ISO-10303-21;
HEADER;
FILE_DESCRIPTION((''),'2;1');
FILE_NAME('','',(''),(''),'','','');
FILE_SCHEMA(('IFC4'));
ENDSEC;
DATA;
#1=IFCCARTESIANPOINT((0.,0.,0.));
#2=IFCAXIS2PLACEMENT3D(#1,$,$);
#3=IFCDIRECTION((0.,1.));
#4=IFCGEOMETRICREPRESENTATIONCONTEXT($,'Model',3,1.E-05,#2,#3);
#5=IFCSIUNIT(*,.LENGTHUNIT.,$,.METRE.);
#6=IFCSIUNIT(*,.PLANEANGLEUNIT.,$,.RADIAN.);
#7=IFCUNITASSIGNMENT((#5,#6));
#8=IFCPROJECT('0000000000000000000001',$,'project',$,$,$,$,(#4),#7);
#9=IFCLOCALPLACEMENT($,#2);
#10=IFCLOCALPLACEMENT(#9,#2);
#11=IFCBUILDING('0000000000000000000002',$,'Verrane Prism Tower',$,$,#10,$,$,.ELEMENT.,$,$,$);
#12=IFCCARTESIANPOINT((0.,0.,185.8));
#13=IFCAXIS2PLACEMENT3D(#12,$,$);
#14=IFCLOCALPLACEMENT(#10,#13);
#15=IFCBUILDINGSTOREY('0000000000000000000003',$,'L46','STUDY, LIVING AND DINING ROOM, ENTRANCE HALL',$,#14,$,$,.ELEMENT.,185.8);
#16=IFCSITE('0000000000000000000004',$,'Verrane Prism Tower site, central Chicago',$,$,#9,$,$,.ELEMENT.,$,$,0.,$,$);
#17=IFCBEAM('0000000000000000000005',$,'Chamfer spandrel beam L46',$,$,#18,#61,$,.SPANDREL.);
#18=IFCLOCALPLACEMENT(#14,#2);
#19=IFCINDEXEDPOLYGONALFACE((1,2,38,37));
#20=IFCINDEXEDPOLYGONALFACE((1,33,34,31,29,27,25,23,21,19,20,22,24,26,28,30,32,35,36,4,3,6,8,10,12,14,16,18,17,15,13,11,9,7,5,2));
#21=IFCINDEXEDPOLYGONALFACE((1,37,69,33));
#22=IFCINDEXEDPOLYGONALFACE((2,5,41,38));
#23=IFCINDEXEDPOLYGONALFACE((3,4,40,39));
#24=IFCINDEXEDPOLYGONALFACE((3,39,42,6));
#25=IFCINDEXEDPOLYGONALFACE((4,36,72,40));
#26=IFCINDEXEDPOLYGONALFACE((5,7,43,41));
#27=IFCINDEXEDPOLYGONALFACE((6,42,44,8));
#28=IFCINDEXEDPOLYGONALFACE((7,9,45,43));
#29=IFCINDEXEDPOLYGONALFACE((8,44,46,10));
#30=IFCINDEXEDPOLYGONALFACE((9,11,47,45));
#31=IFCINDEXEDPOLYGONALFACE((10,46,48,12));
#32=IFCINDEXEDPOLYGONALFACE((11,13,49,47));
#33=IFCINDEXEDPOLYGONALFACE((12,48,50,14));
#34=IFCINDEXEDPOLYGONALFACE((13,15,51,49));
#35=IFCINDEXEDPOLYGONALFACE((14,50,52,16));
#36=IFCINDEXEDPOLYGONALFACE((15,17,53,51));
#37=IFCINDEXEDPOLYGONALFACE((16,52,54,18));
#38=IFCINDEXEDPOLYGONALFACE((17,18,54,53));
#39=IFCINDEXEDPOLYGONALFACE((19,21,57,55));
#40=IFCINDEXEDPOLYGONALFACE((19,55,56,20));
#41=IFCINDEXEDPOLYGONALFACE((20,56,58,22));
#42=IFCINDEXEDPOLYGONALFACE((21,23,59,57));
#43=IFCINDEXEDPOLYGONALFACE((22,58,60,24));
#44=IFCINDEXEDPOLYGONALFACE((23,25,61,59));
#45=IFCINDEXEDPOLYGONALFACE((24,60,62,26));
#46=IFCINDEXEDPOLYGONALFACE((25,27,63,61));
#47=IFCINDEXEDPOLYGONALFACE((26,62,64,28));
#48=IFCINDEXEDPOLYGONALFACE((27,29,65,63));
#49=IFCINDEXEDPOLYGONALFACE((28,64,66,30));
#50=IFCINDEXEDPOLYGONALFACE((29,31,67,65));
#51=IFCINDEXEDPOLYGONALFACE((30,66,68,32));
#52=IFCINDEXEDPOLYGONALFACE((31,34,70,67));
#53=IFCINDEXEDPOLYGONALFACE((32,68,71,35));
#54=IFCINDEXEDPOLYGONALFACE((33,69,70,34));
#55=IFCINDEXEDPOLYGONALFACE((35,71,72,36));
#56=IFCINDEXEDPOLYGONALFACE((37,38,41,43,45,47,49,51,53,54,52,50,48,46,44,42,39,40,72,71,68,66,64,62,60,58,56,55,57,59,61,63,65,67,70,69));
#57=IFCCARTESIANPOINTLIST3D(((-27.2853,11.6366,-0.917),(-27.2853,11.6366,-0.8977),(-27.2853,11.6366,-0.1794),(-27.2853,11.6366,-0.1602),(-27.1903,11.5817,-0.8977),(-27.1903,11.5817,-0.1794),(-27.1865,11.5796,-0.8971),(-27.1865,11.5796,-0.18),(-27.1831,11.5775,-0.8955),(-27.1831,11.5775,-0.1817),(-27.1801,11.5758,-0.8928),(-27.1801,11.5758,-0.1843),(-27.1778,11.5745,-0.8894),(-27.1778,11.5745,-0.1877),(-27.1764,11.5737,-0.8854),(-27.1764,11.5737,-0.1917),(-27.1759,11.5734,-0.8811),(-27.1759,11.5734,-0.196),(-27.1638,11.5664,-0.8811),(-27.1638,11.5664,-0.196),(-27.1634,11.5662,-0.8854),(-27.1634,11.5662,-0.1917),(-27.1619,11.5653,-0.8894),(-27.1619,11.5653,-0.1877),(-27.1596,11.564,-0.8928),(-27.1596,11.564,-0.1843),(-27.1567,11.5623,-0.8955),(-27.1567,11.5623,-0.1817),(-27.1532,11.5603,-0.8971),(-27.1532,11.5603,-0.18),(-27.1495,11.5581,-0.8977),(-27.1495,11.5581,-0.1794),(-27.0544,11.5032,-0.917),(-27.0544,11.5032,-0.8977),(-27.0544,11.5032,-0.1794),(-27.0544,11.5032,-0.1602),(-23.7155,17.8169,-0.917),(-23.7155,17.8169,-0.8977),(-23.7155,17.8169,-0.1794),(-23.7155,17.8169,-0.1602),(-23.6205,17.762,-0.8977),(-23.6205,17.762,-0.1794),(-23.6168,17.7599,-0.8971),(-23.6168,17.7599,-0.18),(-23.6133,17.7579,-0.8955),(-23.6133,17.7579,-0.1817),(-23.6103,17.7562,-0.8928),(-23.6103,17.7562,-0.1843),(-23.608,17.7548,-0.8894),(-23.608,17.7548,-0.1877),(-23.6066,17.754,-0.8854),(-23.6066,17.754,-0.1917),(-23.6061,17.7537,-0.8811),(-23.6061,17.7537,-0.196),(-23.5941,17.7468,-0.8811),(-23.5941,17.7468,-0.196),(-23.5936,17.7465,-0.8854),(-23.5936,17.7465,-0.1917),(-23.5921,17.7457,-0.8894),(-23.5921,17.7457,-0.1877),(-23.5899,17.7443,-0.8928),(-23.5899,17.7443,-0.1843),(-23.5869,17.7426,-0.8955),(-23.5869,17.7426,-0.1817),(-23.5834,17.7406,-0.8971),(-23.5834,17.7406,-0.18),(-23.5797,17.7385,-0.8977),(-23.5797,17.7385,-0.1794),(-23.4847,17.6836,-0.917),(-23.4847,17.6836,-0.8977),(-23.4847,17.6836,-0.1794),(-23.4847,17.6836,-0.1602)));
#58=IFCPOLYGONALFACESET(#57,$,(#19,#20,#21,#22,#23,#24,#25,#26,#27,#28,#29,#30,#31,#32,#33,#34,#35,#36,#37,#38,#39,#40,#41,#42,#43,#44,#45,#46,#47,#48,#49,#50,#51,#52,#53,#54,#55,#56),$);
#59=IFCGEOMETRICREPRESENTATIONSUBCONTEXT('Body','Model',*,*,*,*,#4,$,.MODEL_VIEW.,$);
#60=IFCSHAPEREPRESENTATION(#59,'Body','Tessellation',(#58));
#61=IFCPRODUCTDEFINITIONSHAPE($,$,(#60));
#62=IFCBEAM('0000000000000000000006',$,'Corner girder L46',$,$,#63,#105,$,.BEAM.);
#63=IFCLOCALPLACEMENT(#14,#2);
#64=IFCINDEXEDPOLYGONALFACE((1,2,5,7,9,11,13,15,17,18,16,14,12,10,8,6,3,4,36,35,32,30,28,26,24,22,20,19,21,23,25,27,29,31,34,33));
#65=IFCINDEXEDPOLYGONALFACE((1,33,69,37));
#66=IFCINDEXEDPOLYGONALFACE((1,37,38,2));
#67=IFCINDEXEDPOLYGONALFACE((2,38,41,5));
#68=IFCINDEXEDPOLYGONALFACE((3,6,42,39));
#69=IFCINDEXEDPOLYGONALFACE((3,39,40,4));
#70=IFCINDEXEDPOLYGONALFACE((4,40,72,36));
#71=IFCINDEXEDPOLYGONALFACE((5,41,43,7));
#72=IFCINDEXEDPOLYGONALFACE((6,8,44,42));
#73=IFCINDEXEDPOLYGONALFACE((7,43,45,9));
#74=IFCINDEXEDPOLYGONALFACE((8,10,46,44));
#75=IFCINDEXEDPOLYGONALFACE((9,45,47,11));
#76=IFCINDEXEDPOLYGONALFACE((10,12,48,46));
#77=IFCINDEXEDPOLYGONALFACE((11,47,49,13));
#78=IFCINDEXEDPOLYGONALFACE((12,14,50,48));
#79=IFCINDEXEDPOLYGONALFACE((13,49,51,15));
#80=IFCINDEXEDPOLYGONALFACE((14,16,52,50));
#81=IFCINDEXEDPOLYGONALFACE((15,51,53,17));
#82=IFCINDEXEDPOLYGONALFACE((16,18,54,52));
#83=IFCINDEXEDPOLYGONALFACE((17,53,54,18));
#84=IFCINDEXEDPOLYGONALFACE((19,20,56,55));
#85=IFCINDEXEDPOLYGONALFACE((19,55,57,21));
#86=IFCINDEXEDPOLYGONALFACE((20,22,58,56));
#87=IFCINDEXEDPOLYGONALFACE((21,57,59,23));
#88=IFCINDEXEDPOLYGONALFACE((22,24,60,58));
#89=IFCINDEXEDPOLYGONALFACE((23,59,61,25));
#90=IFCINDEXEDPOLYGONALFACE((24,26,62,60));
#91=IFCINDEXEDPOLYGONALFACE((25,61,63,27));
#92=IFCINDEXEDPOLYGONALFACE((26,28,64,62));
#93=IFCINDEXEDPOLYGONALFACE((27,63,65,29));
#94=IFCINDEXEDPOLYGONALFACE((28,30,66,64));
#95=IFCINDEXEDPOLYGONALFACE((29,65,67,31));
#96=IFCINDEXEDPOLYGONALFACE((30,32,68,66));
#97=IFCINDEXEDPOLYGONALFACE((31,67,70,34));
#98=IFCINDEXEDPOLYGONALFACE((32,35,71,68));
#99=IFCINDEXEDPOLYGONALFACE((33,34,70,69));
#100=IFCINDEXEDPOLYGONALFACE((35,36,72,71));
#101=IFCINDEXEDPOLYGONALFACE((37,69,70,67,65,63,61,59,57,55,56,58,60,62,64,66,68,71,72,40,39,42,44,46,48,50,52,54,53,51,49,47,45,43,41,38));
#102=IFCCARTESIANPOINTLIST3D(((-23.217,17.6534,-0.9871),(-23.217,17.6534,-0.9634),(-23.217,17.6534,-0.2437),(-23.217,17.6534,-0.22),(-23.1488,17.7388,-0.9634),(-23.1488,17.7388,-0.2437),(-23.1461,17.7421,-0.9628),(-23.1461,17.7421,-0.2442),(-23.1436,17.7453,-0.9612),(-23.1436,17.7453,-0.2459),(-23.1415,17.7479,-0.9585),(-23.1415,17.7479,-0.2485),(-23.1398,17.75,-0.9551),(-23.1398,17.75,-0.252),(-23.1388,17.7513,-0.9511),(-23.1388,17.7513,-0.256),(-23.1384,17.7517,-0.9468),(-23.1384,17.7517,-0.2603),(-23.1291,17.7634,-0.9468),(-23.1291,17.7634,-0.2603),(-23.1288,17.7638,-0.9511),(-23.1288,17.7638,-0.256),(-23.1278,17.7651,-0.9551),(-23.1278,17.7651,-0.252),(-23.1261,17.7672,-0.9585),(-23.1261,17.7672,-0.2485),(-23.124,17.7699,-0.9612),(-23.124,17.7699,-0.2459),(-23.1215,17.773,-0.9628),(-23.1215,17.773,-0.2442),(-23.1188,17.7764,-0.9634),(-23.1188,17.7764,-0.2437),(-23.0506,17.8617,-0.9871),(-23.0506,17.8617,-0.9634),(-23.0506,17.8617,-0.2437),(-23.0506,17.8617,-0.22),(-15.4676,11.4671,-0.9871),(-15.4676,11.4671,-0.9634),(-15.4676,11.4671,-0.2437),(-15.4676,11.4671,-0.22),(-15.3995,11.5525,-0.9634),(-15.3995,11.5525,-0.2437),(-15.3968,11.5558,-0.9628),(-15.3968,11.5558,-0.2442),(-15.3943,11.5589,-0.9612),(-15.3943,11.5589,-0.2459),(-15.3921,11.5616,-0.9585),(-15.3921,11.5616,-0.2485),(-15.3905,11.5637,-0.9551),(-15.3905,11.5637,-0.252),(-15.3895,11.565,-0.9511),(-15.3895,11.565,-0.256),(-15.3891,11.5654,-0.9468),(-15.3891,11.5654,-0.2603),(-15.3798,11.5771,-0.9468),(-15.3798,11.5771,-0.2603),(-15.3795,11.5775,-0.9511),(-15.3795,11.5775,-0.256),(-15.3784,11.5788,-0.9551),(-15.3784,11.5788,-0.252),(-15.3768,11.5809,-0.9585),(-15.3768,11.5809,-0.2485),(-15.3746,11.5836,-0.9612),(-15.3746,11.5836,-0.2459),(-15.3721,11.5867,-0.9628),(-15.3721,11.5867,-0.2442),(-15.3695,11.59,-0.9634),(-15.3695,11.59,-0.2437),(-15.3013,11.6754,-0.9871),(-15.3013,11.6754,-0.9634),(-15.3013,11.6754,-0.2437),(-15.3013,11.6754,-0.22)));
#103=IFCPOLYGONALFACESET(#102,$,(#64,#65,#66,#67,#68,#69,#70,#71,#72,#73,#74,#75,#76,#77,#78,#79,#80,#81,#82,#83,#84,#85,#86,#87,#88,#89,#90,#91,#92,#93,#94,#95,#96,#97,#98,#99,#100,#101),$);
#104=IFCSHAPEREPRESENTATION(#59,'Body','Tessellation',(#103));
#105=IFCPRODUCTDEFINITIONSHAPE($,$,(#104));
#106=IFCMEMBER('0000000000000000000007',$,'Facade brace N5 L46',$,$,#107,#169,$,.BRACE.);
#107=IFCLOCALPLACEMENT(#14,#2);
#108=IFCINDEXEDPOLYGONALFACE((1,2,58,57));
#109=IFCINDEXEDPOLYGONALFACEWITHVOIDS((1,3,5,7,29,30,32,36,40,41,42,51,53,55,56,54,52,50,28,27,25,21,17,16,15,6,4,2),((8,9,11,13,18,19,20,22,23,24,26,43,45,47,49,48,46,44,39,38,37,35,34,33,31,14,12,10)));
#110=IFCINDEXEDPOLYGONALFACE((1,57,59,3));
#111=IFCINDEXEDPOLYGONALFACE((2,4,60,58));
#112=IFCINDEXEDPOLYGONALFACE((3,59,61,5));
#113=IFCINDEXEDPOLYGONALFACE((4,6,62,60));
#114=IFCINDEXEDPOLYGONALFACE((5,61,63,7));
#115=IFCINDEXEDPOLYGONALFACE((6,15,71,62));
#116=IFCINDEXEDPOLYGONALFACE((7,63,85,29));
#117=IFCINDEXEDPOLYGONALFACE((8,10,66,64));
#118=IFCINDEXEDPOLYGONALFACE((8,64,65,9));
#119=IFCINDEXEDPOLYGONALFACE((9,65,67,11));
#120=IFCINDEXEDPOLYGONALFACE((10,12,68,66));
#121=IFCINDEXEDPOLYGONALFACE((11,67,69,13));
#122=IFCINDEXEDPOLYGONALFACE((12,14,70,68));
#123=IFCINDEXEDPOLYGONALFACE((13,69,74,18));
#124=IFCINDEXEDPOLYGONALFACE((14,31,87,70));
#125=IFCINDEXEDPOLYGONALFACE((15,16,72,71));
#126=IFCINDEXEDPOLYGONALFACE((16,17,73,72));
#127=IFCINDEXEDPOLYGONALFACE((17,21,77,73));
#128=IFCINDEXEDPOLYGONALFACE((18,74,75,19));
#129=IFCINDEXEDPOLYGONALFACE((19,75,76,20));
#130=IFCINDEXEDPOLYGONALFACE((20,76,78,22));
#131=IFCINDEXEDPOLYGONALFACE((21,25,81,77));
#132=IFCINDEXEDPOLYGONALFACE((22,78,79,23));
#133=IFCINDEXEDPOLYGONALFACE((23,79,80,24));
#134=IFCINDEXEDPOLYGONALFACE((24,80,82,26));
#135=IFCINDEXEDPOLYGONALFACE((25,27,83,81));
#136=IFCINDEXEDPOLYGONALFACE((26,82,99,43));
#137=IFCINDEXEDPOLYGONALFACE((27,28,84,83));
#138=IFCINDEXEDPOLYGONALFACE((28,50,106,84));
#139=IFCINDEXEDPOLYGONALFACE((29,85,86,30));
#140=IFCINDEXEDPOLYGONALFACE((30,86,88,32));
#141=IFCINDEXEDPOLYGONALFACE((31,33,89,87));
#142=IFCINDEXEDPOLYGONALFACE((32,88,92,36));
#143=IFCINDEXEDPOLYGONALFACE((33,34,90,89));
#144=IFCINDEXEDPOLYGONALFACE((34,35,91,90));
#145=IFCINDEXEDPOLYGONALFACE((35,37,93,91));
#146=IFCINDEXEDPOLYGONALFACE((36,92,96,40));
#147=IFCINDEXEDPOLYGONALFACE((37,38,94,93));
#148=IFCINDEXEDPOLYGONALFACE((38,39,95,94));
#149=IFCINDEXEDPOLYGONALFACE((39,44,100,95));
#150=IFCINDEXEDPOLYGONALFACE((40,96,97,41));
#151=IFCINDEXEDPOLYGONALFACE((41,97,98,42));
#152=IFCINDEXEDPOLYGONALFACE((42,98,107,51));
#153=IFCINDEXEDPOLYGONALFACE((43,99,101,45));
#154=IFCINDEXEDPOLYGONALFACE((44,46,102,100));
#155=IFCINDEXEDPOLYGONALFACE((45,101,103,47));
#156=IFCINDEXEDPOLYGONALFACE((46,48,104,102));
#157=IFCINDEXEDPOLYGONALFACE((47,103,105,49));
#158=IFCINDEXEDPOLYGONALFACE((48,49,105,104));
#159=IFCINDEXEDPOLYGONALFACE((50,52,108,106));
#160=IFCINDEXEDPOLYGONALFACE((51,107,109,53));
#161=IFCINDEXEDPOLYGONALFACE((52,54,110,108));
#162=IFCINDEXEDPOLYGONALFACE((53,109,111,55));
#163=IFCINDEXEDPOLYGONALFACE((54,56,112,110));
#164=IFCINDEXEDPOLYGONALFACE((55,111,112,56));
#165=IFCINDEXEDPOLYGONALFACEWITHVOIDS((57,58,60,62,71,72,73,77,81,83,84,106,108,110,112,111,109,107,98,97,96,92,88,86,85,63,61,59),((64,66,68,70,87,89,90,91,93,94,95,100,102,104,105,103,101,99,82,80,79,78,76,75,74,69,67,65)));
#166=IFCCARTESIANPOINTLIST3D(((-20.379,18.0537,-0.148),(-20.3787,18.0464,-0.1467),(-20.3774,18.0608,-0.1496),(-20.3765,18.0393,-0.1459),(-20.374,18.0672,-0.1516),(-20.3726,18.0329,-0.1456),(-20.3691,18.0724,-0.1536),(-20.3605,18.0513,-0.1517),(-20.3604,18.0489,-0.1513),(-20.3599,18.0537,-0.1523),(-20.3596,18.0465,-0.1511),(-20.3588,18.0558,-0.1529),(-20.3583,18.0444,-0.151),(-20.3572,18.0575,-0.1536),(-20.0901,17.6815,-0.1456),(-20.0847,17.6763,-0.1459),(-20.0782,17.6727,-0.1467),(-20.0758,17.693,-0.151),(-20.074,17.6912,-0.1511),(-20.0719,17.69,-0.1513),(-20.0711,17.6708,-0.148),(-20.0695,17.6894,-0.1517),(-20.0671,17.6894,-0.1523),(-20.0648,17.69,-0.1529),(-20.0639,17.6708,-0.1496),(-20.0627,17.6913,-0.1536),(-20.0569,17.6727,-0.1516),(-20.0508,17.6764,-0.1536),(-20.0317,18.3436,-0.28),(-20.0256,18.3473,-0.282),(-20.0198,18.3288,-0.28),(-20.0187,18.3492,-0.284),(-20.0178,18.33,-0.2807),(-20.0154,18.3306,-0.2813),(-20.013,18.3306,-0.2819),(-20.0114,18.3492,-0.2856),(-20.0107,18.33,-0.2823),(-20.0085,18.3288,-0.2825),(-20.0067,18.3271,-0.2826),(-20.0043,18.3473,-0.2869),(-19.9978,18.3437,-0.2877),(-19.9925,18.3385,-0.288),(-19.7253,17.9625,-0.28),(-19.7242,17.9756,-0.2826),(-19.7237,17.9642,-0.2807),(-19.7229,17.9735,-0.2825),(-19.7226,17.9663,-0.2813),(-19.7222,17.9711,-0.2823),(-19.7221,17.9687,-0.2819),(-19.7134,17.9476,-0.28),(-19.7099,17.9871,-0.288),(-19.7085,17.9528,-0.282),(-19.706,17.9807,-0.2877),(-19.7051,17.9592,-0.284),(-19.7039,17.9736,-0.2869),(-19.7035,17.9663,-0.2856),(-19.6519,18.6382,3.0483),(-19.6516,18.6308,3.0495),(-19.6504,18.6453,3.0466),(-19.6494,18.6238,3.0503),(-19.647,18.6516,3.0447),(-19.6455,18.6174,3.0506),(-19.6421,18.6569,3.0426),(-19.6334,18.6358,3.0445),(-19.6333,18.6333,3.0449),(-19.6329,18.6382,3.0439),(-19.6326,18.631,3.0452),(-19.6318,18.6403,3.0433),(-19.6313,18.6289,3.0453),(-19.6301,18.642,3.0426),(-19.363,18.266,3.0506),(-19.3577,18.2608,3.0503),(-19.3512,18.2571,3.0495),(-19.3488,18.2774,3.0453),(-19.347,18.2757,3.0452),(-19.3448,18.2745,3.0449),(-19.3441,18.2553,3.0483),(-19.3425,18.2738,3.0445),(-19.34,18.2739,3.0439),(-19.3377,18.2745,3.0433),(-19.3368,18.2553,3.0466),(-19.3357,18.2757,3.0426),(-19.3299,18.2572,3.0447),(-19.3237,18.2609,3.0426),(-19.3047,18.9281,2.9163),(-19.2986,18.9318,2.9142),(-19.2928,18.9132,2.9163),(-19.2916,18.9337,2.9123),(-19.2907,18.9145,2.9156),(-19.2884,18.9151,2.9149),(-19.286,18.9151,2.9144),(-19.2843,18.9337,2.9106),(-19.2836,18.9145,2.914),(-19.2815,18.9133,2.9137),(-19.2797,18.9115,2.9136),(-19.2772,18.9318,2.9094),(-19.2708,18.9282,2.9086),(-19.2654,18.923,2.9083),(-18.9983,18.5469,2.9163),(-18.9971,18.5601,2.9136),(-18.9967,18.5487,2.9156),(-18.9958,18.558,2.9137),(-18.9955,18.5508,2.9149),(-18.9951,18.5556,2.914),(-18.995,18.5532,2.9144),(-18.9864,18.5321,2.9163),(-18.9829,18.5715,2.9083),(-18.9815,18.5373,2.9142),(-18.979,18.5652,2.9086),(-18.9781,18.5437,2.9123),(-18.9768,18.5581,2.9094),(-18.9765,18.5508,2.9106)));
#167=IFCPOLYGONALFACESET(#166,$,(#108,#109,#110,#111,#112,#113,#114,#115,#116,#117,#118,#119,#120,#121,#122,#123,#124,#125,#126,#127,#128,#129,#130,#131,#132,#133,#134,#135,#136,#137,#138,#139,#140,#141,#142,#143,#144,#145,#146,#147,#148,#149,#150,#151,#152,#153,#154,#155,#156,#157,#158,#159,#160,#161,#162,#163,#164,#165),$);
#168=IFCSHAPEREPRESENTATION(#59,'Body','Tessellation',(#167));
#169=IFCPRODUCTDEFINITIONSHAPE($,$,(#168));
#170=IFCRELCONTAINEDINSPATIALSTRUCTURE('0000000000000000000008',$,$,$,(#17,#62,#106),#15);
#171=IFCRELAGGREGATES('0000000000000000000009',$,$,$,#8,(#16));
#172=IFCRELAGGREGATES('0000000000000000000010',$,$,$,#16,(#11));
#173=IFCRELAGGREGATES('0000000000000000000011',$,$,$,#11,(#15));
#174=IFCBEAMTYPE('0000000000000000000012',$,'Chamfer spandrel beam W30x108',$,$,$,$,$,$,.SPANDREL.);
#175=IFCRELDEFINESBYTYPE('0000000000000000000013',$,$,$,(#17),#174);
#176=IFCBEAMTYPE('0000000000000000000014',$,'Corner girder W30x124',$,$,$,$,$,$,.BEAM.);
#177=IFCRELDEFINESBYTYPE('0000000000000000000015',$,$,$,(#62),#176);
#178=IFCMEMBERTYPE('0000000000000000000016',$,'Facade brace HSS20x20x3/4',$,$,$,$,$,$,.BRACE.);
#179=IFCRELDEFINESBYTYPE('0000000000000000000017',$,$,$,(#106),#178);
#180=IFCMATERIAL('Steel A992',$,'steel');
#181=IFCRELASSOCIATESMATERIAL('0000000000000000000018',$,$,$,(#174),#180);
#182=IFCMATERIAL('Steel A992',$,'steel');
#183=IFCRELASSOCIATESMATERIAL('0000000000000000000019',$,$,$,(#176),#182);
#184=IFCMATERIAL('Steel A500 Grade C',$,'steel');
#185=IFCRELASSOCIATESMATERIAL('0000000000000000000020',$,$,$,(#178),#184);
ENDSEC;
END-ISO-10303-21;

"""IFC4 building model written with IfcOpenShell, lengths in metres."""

from ifc_helpers import new_model, si_unit, direction, frame, origin, origin_2d, place, context, subcontext, project, spatial, hollow_rectangle, i_section, extrude, material, material_profile, profile_set, type_object, element, save


model = new_model("IFC4")

# Units and contexts
model_context = context("Model", 3, precision=1e-05, world=origin(), true_north=direction((0.0, 1.0)))
body_context = subcontext(model_context, "Body", "Model", "MODEL_VIEW")
ifc_project = project(units=[si_unit("LENGTHUNIT", "METRE"), si_unit("PLANEANGLEUNIT", "RADIAN")], contexts=[model_context])

# Site, building, storey
site_placement = place(None, origin())
site = spatial("IfcSite", under=ifc_project, at=site_placement, Name="Verrane Prism Tower site, central Chicago", CompositionType="ELEMENT", RefElevation=0.0)
building_placement = place(site_placement, origin())
building = spatial("IfcBuilding", under=site, at=building_placement, Name="Verrane Prism Tower", CompositionType="ELEMENT")
storey_placement = place(building_placement, frame((0.0, 0.0, 185.8)))
storey = spatial("IfcBuildingStorey", under=building, at=storey_placement, Name="L46", Description="STUDY, LIVING AND DINING ROOM, ENTRANCE HALL", CompositionType="ELEMENT", Elevation=185.8)

# Beams
ifc_material_1 = material(Name="Steel A992", Category="steel")
ifc_material_profile_1 = material_profile(ifc_material_1, i_section(OverallWidth=0.2666, OverallDepth=0.7568, WebThickness=0.0139, FlangeThickness=0.0193, FilletRadius=0.0166, at=origin_2d()), Name="W30x108")
ifc_profile_set_1 = profile_set([ifc_material_profile_1], Name="Steel A992")
beam_type_1 = type_object("IfcBeamType", Name="Chamfer spandrel beam W30x108", PredefinedType="SPANDREL", material=ifc_profile_set_1)
beam_1_placement = place(storey_placement, frame((-23.6001, 17.7502, -0.5386), z_axis=(-0.500164, -0.865931, 0.0), x_axis=(0.865931, -0.500164, 0.0)))
element("IfcBeam", 1, at=beam_1_placement, inside=storey, type_object=beam_type_1, Name="Chamfer spandrel beam L46", PredefinedType="SPANDREL", context=body_context, shape_type="SweptSolid", body=[
    extrude(i_section(OverallWidth=0.2666, OverallDepth=0.7568, WebThickness=0.0139, FlangeThickness=0.0193, FilletRadius=0.0166, at=origin_2d()), origin(), (0.0, 0.0, 1.0), 7.1372),
])
ifc_material_2 = material(Name="Steel A992", Category="steel")
ifc_material_profile_2 = material_profile(ifc_material_2, i_section(OverallWidth=0.2666, OverallDepth=0.7671, WebThickness=0.0149, FlangeThickness=0.0237, FilletRadius=0.0166, at=origin_2d()), Name="W30x124")
ifc_profile_set_2 = profile_set([ifc_material_profile_2], Name="Steel A992")
beam_type_2 = type_object("IfcBeamType", Name="Corner girder W30x124", PredefinedType="BEAM", material=ifc_profile_set_2)
beam_2_placement = place(storey_placement, frame((-23.1338, 17.7576, -0.6035), z_axis=(0.781515, -0.623887, 0.0), x_axis=(0.623887, 0.781515, 0.0)))
element("IfcBeam", 2, at=beam_2_placement, inside=storey, type_object=beam_type_2, Name="Corner girder L46", PredefinedType="BEAM", context=body_context, shape_type="SweptSolid", body=[
    extrude(i_section(OverallWidth=0.2666, OverallDepth=0.7671, WebThickness=0.0149, FlangeThickness=0.0237, FilletRadius=0.0166, at=origin_2d()), origin(), (0.0, 0.0, 1.0), 9.9158),
])

# Member
ifc_material_3 = material(Name="Steel A500 Grade C", Category="steel")
ifc_material_profile_3 = material_profile(ifc_material_3, hollow_rectangle(XDim=0.5081, YDim=0.5081, WallThickness=0.019, InnerFilletRadius=0.0095, OuterFilletRadius=0.0286, at=origin_2d()), Name="HSS20x20x3/4")
ifc_profile_set_3 = profile_set([ifc_material_profile_3], Name="Steel A500 Grade C")
member_type_1 = type_object("IfcMemberType", Name="Facade brace HSS20x20x3/4", PredefinedType="BRACE", material=ifc_profile_set_3)
member_1_placement = place(storey_placement, frame((-20.0413, 18.01, -0.2168), z_axis=(0.218357, 0.175537, 0.959952), x_axis=(-0.626544, 0.779386, 0.0)))
element("IfcMember", 3, at=member_1_placement, inside=storey, type_object=member_type_1, Name="Facade brace N5 L46", PredefinedType="BRACE", context=body_context, shape_type="SweptSolid", body=[
    extrude(hollow_rectangle(XDim=0.5081, YDim=0.5081, WallThickness=0.019, InnerFilletRadius=0.0095, OuterFilletRadius=0.0286, at=origin_2d()), origin(), (0.0, 0.0, 1.0), 3.3296),
])

save(model, "model.ifc")
